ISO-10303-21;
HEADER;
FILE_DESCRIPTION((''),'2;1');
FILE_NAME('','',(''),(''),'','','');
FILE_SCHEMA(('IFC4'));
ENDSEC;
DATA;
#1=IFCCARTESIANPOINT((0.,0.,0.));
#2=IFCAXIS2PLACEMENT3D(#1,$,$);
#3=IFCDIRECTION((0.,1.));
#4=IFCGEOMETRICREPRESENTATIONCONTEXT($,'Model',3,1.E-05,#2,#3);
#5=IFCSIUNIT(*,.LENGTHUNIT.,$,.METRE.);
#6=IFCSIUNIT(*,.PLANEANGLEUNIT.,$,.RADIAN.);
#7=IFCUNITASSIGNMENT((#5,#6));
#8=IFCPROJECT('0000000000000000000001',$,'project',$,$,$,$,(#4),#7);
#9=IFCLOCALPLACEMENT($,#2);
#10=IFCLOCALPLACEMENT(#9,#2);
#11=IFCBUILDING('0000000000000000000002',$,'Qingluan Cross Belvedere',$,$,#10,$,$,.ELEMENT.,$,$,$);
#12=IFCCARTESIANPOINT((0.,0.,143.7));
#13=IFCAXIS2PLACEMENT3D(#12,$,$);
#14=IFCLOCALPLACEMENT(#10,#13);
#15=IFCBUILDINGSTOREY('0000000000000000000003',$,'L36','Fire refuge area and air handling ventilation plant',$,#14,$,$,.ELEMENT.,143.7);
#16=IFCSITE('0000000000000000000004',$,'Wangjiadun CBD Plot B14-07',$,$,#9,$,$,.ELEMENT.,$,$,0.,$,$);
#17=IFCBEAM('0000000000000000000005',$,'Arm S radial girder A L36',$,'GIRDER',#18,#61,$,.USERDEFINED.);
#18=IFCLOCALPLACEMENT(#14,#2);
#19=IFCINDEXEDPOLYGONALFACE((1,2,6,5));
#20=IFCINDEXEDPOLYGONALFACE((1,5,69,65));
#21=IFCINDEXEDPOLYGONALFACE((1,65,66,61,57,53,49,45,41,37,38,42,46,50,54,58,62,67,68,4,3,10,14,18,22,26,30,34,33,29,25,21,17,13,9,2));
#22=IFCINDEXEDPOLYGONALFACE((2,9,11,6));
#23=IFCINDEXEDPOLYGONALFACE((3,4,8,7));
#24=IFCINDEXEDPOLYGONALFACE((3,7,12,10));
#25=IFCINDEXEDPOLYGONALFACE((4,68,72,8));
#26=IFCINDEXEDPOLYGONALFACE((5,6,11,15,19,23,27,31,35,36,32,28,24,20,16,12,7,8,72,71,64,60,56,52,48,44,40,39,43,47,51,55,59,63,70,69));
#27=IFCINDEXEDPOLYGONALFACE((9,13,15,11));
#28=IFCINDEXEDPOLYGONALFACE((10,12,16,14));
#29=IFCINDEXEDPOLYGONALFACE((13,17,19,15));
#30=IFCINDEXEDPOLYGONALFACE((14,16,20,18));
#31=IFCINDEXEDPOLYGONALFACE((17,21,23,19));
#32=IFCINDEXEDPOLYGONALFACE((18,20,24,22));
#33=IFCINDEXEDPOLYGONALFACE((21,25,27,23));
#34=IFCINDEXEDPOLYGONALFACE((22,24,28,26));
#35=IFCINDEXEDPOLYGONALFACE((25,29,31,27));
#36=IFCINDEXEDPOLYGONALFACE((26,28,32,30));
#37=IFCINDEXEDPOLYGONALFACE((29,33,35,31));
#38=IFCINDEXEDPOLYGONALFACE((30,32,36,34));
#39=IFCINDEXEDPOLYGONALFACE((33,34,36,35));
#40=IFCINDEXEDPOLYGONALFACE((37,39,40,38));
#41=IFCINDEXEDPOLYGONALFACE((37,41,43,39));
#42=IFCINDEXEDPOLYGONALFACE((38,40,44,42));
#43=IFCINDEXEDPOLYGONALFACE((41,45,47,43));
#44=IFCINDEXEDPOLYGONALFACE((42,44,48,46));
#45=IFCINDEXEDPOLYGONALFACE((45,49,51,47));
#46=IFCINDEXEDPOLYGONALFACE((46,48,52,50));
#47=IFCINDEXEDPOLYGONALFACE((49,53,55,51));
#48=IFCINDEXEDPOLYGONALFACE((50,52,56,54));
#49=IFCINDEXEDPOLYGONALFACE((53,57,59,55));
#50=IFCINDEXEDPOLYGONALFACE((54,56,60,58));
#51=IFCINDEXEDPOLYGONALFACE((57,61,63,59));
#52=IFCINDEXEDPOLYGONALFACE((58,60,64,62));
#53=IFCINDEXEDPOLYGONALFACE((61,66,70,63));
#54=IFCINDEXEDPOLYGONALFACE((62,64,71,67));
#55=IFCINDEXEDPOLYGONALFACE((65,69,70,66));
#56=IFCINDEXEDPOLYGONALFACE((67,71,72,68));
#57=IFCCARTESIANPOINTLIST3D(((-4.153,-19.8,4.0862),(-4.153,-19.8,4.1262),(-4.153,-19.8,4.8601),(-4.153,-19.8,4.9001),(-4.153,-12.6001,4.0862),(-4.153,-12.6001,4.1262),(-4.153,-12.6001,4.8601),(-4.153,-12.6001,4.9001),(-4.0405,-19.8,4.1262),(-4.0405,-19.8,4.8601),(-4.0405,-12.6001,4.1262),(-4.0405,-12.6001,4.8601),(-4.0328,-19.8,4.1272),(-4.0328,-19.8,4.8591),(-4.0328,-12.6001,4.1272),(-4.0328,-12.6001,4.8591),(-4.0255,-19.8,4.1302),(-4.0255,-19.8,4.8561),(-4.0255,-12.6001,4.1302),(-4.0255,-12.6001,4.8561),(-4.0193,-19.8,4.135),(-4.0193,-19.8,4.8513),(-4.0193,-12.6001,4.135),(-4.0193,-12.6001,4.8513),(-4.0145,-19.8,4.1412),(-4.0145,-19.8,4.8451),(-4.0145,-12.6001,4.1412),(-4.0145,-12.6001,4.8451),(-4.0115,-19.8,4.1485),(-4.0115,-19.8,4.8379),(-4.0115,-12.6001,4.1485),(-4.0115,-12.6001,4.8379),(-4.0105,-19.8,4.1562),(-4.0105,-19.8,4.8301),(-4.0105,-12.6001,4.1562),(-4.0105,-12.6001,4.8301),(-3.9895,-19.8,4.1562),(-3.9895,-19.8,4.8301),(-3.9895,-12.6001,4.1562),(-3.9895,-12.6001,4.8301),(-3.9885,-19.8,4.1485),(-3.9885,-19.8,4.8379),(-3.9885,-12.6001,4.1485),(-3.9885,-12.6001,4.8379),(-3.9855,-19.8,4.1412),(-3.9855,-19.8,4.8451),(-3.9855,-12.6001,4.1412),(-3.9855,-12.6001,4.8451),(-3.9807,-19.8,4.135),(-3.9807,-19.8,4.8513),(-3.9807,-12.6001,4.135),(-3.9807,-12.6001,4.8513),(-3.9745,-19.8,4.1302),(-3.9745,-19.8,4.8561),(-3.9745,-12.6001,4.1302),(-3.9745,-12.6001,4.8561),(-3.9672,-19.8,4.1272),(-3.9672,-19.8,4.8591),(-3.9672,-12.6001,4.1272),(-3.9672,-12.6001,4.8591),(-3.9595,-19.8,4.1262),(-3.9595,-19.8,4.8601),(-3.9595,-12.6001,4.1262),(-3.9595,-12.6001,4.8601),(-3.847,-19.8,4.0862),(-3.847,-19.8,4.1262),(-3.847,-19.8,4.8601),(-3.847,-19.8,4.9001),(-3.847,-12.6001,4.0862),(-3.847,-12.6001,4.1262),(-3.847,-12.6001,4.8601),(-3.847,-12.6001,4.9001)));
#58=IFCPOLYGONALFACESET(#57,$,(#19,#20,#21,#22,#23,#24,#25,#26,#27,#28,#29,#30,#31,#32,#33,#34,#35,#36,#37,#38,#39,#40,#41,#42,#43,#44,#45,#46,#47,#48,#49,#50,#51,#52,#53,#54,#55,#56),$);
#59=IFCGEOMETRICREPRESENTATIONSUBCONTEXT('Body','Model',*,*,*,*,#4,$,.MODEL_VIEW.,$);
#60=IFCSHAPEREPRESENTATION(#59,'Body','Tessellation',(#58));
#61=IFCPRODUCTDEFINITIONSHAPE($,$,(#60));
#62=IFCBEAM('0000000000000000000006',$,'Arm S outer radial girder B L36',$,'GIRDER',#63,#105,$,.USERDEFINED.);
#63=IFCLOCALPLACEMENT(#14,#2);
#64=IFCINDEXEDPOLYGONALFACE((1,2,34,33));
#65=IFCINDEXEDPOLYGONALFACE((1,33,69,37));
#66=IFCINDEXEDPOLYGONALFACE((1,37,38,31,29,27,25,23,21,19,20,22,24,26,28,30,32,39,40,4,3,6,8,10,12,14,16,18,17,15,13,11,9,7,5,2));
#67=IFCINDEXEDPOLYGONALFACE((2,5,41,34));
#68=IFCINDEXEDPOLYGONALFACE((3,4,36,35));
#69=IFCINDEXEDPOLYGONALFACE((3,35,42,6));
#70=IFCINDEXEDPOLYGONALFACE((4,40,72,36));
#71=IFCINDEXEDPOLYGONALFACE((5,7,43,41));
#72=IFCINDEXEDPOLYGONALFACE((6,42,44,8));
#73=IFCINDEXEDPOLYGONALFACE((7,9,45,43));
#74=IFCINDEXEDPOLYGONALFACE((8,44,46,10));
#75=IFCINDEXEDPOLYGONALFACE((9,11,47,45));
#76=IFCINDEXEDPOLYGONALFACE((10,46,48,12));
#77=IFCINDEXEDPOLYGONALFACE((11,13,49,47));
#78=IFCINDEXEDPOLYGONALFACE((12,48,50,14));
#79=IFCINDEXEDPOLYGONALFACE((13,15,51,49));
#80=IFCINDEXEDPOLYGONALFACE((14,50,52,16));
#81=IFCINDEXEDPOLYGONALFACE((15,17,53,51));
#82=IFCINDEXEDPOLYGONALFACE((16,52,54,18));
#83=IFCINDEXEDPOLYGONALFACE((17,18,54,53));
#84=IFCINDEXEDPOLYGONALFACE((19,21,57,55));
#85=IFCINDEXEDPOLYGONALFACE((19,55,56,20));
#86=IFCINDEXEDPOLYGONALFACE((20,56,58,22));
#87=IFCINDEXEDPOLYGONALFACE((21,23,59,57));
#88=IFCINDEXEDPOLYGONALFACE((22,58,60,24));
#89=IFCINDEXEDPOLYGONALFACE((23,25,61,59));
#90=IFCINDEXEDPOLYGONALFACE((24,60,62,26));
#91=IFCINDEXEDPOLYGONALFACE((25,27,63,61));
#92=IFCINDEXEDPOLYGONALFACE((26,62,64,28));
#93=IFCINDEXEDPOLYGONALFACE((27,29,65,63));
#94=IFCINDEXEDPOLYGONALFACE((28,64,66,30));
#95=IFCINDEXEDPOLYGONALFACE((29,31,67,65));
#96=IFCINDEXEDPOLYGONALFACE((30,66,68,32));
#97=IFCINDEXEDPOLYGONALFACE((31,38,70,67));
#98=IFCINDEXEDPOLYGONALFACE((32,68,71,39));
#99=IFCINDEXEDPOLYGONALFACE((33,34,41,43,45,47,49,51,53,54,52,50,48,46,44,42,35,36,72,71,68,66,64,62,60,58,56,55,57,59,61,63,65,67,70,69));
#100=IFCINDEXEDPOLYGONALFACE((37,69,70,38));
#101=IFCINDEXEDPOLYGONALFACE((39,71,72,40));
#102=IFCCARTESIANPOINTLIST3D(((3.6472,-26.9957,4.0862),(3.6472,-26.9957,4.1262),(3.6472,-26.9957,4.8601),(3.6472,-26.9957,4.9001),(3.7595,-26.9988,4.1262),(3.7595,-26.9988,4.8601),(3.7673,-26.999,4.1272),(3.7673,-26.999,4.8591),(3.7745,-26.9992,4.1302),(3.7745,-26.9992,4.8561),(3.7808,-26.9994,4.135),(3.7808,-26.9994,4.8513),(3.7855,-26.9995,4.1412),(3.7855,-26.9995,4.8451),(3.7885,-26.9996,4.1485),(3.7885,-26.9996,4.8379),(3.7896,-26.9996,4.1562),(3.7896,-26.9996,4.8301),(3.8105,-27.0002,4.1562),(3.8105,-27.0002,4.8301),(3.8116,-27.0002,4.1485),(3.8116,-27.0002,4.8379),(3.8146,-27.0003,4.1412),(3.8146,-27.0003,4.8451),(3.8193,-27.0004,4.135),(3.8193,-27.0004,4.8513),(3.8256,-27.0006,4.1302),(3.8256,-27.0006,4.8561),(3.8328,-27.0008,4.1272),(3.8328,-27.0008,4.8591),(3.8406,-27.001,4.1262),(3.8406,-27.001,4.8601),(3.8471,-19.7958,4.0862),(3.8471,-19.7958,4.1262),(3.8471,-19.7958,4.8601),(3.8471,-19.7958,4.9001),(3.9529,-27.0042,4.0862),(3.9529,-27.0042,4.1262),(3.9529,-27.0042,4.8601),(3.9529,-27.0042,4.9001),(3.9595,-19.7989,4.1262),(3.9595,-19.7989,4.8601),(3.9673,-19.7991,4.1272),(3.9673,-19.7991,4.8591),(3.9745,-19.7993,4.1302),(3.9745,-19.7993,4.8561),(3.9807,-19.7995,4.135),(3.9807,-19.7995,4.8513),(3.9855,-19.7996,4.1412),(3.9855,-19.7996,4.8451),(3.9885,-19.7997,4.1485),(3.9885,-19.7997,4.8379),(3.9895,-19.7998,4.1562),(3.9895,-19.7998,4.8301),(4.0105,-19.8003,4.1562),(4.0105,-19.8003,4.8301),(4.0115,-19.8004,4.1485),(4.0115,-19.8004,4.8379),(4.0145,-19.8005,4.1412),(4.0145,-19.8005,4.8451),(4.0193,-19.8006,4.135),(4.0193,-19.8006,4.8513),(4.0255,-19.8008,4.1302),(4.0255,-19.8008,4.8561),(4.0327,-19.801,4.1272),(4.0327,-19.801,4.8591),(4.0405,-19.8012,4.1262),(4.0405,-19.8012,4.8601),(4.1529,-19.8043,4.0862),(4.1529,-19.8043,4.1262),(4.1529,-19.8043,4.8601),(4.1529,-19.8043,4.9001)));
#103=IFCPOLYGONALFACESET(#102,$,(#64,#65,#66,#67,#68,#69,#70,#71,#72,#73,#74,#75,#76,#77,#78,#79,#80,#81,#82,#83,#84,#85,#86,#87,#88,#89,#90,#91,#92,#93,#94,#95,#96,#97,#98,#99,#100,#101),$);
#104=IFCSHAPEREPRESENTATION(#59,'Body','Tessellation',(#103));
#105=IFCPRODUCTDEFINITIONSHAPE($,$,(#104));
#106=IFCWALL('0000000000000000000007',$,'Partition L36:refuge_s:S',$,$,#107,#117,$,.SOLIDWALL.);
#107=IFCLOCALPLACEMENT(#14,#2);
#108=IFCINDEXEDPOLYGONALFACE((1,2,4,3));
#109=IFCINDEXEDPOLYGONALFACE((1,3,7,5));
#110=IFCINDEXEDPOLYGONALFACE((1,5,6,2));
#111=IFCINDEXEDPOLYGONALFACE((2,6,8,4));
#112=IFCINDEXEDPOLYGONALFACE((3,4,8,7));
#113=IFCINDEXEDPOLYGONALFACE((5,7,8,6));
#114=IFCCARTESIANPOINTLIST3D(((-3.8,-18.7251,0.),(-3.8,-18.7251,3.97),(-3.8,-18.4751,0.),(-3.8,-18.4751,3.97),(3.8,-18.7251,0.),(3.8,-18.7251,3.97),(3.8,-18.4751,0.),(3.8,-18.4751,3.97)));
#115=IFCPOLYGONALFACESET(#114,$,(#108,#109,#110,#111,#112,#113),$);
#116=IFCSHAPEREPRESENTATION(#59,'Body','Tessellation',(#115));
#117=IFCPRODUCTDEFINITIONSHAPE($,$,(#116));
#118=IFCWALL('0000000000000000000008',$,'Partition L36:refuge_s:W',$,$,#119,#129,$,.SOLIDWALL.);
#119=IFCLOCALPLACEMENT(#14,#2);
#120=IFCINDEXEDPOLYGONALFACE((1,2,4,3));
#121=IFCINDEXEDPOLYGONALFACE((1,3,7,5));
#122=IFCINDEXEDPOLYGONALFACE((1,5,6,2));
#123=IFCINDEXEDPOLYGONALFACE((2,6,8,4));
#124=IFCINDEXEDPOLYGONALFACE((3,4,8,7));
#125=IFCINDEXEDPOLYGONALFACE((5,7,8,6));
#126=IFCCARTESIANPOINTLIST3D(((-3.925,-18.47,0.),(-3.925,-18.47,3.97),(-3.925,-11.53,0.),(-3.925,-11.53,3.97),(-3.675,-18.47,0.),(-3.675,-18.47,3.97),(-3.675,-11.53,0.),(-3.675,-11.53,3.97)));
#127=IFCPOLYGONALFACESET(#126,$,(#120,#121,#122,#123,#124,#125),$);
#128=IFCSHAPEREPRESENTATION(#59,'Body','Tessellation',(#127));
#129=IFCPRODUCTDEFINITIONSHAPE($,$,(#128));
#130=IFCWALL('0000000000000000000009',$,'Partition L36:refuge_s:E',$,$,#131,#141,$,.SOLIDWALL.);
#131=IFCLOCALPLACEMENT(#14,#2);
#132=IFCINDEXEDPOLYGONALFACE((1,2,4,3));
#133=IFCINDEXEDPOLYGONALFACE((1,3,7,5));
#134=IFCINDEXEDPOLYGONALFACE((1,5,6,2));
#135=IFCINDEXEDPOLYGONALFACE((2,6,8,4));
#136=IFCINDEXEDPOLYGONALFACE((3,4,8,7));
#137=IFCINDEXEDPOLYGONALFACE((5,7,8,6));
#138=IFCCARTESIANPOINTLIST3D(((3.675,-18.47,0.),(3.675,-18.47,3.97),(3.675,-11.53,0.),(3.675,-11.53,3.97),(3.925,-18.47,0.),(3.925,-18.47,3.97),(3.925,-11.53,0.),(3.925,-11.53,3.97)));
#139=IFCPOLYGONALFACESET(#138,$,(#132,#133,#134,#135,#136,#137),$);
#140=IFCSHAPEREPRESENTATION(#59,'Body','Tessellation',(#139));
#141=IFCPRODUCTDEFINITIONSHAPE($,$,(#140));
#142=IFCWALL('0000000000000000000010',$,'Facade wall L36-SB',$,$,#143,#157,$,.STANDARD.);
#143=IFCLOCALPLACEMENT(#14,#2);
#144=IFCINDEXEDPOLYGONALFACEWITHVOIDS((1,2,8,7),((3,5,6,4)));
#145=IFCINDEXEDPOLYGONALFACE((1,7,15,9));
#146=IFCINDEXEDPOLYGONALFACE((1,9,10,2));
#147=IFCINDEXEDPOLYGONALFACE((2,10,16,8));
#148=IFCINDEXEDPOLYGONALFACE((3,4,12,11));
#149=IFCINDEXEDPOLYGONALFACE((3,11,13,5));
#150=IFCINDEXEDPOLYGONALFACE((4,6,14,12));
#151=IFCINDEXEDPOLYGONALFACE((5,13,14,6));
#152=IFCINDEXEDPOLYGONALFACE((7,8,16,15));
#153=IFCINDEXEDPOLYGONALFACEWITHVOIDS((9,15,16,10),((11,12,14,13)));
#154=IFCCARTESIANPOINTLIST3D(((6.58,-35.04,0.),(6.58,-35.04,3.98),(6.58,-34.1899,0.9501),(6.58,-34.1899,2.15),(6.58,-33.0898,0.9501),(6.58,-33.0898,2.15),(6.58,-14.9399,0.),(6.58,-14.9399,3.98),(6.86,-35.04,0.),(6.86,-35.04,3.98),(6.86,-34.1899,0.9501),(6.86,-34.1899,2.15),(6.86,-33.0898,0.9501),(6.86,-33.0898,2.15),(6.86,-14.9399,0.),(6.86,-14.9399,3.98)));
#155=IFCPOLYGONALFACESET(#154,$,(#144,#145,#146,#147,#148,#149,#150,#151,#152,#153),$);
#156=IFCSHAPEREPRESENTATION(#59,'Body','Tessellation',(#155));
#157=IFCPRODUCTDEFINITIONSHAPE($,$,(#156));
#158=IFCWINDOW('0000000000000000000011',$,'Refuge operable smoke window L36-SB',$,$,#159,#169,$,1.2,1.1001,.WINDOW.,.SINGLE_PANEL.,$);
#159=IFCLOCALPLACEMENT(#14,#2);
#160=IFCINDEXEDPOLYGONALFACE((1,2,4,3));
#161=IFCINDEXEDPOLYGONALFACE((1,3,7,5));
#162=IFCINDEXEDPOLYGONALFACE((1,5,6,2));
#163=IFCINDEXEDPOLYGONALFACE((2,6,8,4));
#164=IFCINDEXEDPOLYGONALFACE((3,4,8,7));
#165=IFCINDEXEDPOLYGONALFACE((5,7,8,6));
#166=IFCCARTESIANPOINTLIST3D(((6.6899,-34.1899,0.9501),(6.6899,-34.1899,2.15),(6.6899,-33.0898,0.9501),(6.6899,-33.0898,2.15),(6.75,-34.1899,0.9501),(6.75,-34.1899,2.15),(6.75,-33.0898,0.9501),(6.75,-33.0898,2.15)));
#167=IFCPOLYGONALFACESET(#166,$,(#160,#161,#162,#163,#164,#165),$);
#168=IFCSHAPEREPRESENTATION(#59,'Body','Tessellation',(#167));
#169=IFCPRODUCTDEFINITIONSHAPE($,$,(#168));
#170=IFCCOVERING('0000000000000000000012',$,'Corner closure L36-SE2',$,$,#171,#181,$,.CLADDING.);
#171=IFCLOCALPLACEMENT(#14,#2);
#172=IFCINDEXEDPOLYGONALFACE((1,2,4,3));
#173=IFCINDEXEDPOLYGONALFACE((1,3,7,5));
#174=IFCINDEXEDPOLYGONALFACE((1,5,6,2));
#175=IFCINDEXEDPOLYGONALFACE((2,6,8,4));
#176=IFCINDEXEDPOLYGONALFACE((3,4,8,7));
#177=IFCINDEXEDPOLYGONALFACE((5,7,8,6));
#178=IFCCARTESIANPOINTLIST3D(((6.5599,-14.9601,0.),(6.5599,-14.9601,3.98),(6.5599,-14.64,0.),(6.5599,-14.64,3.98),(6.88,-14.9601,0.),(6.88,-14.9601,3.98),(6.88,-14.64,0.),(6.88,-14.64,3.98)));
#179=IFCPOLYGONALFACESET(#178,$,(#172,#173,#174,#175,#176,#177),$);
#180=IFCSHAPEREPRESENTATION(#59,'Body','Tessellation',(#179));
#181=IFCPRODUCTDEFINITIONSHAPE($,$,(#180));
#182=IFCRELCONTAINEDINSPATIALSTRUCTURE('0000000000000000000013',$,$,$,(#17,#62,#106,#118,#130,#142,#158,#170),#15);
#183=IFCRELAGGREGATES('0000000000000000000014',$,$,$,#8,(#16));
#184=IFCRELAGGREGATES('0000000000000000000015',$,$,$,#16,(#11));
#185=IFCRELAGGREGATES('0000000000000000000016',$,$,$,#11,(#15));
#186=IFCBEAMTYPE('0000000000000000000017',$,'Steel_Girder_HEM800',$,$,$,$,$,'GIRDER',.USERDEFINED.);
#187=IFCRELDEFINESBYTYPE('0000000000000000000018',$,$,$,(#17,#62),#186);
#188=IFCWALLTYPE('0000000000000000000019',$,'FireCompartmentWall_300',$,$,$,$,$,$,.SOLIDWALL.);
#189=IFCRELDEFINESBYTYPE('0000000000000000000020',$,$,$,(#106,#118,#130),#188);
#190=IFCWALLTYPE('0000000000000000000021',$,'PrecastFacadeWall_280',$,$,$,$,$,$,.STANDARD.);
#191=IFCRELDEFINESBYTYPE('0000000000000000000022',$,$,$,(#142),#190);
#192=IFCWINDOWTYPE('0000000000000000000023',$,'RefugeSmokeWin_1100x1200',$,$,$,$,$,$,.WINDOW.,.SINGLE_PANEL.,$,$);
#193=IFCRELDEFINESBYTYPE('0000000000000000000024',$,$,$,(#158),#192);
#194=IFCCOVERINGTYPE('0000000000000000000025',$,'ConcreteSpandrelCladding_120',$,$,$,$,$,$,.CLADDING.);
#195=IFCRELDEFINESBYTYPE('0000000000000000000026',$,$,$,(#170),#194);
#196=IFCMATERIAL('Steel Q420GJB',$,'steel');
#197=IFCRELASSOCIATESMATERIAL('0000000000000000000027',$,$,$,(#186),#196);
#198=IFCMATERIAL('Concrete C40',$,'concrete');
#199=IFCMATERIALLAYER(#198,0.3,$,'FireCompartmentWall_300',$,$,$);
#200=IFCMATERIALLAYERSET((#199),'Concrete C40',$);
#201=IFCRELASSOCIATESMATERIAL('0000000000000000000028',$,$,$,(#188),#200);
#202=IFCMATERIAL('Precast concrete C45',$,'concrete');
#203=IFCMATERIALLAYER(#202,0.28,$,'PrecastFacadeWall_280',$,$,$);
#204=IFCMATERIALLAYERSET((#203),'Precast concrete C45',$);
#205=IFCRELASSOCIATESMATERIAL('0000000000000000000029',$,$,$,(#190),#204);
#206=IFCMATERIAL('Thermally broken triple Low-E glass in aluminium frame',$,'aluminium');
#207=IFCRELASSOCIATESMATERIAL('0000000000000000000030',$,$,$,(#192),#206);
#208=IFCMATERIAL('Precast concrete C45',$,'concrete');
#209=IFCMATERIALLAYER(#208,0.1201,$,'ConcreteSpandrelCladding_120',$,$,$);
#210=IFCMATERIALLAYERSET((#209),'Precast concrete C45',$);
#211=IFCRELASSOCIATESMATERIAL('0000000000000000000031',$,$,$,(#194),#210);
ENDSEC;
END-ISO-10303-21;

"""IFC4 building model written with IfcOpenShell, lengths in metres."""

from ifc_helpers import new_model, si_unit, direction, frame, frame_2d, origin, origin_2d, place, context, subcontext, project, spatial, rectangle, i_section, extrude, material, layer, layer_set, material_profile, profile_set, type_object, element, fill, save


model = new_model("IFC4")

# Units and contexts
model_context = context("Model", 3, precision=1e-05, world=origin(), true_north=direction((0.0, 1.0)))
body_context = subcontext(model_context, "Body", "Model", "MODEL_VIEW")
ifc_project = project(units=[si_unit("LENGTHUNIT", "METRE"), si_unit("PLANEANGLEUNIT", "RADIAN")], contexts=[model_context])

# Site, building, storey
site_placement = place(None, origin())
site = spatial("IfcSite", under=ifc_project, at=site_placement, Name="Wangjiadun CBD Plot B14-07", CompositionType="ELEMENT", RefElevation=0.0)
building_placement = place(site_placement, origin())
building = spatial("IfcBuilding", under=site, at=building_placement, Name="Qingluan Cross Belvedere", CompositionType="ELEMENT")
storey_placement = place(building_placement, frame((0.0, 0.0, 143.7)))
storey = spatial("IfcBuildingStorey", under=building, at=storey_placement, Name="L36", Description="Fire refuge area and air handling ventilation plant", CompositionType="ELEMENT", Elevation=143.7)

# Beams
ifc_material_1 = material(Name="Steel Q420GJB", Category="steel")
ifc_material_profile_1 = material_profile(ifc_material_1, i_section(OverallWidth=0.3059, OverallDepth=0.814, WebThickness=0.021, FlangeThickness=0.04, FilletRadius=0.03, at=origin_2d()), Name="HEM800")
ifc_profile_set_1 = profile_set([ifc_material_profile_1], Name="Steel Q420GJB")
beam_type_1 = type_object("IfcBeamType", Name="Steel_Girder_HEM800", ElementType="GIRDER", PredefinedType="USERDEFINED", material=ifc_profile_set_1)
beam_1_placement = place(storey_placement, frame((-4.0, -12.6001, 4.4932), z_axis=(0.0, -1.0, 0.0), x_axis=(1.0, 0.0, 0.0)))
element("IfcBeam", 1, at=beam_1_placement, inside=storey, type_object=beam_type_1, Name="Arm S radial girder A L36", ObjectType="GIRDER", PredefinedType="USERDEFINED", context=body_context, shape_type="SweptSolid", body=[
    extrude(i_section(OverallWidth=0.3059, OverallDepth=0.814, WebThickness=0.021, FlangeThickness=0.04, FilletRadius=0.03, at=origin_2d()), origin(), (0.0, 0.0, 1.0), 7.2),
])
beam_2_placement = place(storey_placement, frame((4.0, -19.8, 4.4932), z_axis=(-0.02776, -0.999615, 0.0), x_axis=(0.999615, -0.02776, 0.0)))
element("IfcBeam", 2, at=beam_2_placement, inside=storey, type_object=beam_type_1, Name="Arm S outer radial girder B L36", ObjectType="GIRDER", PredefinedType="USERDEFINED", context=body_context, shape_type="SweptSolid", body=[
    extrude(i_section(OverallWidth=0.3059, OverallDepth=0.814, WebThickness=0.021, FlangeThickness=0.04, FilletRadius=0.03, at=origin_2d()), origin(), (0.0, 0.0, 1.0), 7.2026),
])

# Walls
ifc_material_2 = material(Name="Concrete C40", Category="concrete")
ifc_layer_1 = layer(ifc_material_2, 0.3, Name="FireCompartmentWall_300")
ifc_layer_set_1 = layer_set([ifc_layer_1], Name="Concrete C40")
wall_type_1 = type_object("IfcWallType", Name="FireCompartmentWall_300", PredefinedType="SOLIDWALL", material=ifc_layer_set_1)
wall_1_placement = place(storey_placement, frame((-3.8, -18.6001, 0.0), z_axis=(0.0, 0.0, 1.0), x_axis=(1.0, 0.0, 0.0)))
element("IfcWall", 3, at=wall_1_placement, inside=storey, type_object=wall_type_1, Name="Partition L36:refuge_s:S", PredefinedType="SOLIDWALL", context=body_context, shape_type="SweptSolid", body=[
    extrude(rectangle(XDim=7.6001, YDim=0.25, at=frame_2d((3.8, 0.0))), origin(), (0.0, 0.0, 1.0), 3.97),
])
for number, where, z_axis, x_axis, name in (
    (4, (-3.8, -18.47, 0.0), (0.0, 0.0, 1.0), (0.0, 1.0, 0.0), "Partition L36:refuge_s:W"),
    (5, (3.8, -18.47, 0.0), (0.0, 0.0, 1.0), (0.0, 1.0, 0.0), "Partition L36:refuge_s:E"),
):
    element("IfcWall", number, at=place(storey_placement, frame(where, z_axis=z_axis, x_axis=x_axis)), inside=storey, type_object=wall_type_1, Name=name, PredefinedType="SOLIDWALL", context=body_context, shape_type="SweptSolid", body=[
        extrude(rectangle(XDim=6.9399, YDim=0.25, at=frame_2d((3.47, 0.0))), origin(), (0.0, 0.0, 1.0), 3.97),
    ])

# Wall, opening, window
ifc_material_3 = material(Name="Precast concrete C45", Category="concrete")
ifc_layer_2 = layer(ifc_material_3, 0.28, Name="PrecastFacadeWall_280")
ifc_layer_set_2 = layer_set([ifc_layer_2], Name="Precast concrete C45")
wall_type_2 = type_object("IfcWallType", Name="PrecastFacadeWall_280", PredefinedType="STANDARD", material=ifc_layer_set_2)
wall_2_placement = place(storey_placement, frame((6.72, -35.04, 0.0), z_axis=(0.0, 0.0, 1.0), x_axis=(0.0, 1.0, 0.0)))
wall_2 = element("IfcWall", 6, at=wall_2_placement, inside=storey, type_object=wall_type_2, Name="Facade wall L36-SB", PredefinedType="STANDARD", context=body_context, shape_type="SweptSolid", body=[
    extrude(rectangle(XDim=20.1001, YDim=0.28, at=frame_2d((10.05, 0.0))), origin(), (0.0, 0.0, 1.0), 3.98),
])
opening_placement = place(wall_2_placement, frame((0.8501, 0.0, 0.95)))
opening = element("IfcOpeningElement", 7, at=opening_placement, cuts=wall_2, PredefinedType="OPENING", context=body_context, shape_type="SweptSolid", body=[
    extrude(rectangle(XDim=1.1001, YDim=1.2, at=frame_2d((0.55, 0.6001))), frame((0.0, 0.1499, 0.0), z_axis=(0.0, -1.0, 0.0), x_axis=(1.0, 0.0, 0.0)), (0.0, 0.0, 1.0), 0.3),
])
ifc_material_4 = material(Name="Thermally broken triple Low-E glass in aluminium frame", Category="aluminium")
window_type = type_object("IfcWindowType", Name="RefugeSmokeWin_1100x1200", PartitioningType="SINGLE_PANEL", PredefinedType="WINDOW", material=ifc_material_4)
window_placement = place(opening_placement, origin())
window = element("IfcWindow", 8, at=window_placement, inside=storey, type_object=window_type, Name="Refuge operable smoke window L36-SB", OverallHeight=1.2, OverallWidth=1.1001, PartitioningType="SINGLE_PANEL", PredefinedType="WINDOW", context=body_context, shape_type="SweptSolid", body=[
    extrude(rectangle(XDim=1.1001, YDim=1.2, at=frame_2d((0.55, 0.6001))), frame((0.0, 0.03, 0.0), z_axis=(0.0, -1.0, 0.0), x_axis=(1.0, 0.0, 0.0)), (0.0, 0.0, 1.0), 0.0601),
])
fill(opening, window)

# Covering
ifc_material_5 = material(Name="Precast concrete C45", Category="concrete")
ifc_layer_3 = layer(ifc_material_5, 0.1201, Name="ConcreteSpandrelCladding_120")
ifc_layer_set_3 = layer_set([ifc_layer_3], Name="Precast concrete C45")
covering_type = type_object("IfcCoveringType", Name="ConcreteSpandrelCladding_120", PredefinedType="CLADDING", material=ifc_layer_set_3)
covering_placement = place(storey_placement, frame((6.72, -14.8, 0.0), z_axis=(0.0, 0.0, 1.0), x_axis=(1.0, 0.0, 0.0)))
element("IfcCovering", 9, at=covering_placement, inside=storey, type_object=covering_type, Name="Corner closure L36-SE2", PredefinedType="CLADDING", context=body_context, shape_type="SweptSolid", body=[
    extrude(rectangle(XDim=0.3201, YDim=0.3201, at=origin_2d()), origin(), (0.0, 0.0, 1.0), 3.98),
])

save(model, "model.ifc")
